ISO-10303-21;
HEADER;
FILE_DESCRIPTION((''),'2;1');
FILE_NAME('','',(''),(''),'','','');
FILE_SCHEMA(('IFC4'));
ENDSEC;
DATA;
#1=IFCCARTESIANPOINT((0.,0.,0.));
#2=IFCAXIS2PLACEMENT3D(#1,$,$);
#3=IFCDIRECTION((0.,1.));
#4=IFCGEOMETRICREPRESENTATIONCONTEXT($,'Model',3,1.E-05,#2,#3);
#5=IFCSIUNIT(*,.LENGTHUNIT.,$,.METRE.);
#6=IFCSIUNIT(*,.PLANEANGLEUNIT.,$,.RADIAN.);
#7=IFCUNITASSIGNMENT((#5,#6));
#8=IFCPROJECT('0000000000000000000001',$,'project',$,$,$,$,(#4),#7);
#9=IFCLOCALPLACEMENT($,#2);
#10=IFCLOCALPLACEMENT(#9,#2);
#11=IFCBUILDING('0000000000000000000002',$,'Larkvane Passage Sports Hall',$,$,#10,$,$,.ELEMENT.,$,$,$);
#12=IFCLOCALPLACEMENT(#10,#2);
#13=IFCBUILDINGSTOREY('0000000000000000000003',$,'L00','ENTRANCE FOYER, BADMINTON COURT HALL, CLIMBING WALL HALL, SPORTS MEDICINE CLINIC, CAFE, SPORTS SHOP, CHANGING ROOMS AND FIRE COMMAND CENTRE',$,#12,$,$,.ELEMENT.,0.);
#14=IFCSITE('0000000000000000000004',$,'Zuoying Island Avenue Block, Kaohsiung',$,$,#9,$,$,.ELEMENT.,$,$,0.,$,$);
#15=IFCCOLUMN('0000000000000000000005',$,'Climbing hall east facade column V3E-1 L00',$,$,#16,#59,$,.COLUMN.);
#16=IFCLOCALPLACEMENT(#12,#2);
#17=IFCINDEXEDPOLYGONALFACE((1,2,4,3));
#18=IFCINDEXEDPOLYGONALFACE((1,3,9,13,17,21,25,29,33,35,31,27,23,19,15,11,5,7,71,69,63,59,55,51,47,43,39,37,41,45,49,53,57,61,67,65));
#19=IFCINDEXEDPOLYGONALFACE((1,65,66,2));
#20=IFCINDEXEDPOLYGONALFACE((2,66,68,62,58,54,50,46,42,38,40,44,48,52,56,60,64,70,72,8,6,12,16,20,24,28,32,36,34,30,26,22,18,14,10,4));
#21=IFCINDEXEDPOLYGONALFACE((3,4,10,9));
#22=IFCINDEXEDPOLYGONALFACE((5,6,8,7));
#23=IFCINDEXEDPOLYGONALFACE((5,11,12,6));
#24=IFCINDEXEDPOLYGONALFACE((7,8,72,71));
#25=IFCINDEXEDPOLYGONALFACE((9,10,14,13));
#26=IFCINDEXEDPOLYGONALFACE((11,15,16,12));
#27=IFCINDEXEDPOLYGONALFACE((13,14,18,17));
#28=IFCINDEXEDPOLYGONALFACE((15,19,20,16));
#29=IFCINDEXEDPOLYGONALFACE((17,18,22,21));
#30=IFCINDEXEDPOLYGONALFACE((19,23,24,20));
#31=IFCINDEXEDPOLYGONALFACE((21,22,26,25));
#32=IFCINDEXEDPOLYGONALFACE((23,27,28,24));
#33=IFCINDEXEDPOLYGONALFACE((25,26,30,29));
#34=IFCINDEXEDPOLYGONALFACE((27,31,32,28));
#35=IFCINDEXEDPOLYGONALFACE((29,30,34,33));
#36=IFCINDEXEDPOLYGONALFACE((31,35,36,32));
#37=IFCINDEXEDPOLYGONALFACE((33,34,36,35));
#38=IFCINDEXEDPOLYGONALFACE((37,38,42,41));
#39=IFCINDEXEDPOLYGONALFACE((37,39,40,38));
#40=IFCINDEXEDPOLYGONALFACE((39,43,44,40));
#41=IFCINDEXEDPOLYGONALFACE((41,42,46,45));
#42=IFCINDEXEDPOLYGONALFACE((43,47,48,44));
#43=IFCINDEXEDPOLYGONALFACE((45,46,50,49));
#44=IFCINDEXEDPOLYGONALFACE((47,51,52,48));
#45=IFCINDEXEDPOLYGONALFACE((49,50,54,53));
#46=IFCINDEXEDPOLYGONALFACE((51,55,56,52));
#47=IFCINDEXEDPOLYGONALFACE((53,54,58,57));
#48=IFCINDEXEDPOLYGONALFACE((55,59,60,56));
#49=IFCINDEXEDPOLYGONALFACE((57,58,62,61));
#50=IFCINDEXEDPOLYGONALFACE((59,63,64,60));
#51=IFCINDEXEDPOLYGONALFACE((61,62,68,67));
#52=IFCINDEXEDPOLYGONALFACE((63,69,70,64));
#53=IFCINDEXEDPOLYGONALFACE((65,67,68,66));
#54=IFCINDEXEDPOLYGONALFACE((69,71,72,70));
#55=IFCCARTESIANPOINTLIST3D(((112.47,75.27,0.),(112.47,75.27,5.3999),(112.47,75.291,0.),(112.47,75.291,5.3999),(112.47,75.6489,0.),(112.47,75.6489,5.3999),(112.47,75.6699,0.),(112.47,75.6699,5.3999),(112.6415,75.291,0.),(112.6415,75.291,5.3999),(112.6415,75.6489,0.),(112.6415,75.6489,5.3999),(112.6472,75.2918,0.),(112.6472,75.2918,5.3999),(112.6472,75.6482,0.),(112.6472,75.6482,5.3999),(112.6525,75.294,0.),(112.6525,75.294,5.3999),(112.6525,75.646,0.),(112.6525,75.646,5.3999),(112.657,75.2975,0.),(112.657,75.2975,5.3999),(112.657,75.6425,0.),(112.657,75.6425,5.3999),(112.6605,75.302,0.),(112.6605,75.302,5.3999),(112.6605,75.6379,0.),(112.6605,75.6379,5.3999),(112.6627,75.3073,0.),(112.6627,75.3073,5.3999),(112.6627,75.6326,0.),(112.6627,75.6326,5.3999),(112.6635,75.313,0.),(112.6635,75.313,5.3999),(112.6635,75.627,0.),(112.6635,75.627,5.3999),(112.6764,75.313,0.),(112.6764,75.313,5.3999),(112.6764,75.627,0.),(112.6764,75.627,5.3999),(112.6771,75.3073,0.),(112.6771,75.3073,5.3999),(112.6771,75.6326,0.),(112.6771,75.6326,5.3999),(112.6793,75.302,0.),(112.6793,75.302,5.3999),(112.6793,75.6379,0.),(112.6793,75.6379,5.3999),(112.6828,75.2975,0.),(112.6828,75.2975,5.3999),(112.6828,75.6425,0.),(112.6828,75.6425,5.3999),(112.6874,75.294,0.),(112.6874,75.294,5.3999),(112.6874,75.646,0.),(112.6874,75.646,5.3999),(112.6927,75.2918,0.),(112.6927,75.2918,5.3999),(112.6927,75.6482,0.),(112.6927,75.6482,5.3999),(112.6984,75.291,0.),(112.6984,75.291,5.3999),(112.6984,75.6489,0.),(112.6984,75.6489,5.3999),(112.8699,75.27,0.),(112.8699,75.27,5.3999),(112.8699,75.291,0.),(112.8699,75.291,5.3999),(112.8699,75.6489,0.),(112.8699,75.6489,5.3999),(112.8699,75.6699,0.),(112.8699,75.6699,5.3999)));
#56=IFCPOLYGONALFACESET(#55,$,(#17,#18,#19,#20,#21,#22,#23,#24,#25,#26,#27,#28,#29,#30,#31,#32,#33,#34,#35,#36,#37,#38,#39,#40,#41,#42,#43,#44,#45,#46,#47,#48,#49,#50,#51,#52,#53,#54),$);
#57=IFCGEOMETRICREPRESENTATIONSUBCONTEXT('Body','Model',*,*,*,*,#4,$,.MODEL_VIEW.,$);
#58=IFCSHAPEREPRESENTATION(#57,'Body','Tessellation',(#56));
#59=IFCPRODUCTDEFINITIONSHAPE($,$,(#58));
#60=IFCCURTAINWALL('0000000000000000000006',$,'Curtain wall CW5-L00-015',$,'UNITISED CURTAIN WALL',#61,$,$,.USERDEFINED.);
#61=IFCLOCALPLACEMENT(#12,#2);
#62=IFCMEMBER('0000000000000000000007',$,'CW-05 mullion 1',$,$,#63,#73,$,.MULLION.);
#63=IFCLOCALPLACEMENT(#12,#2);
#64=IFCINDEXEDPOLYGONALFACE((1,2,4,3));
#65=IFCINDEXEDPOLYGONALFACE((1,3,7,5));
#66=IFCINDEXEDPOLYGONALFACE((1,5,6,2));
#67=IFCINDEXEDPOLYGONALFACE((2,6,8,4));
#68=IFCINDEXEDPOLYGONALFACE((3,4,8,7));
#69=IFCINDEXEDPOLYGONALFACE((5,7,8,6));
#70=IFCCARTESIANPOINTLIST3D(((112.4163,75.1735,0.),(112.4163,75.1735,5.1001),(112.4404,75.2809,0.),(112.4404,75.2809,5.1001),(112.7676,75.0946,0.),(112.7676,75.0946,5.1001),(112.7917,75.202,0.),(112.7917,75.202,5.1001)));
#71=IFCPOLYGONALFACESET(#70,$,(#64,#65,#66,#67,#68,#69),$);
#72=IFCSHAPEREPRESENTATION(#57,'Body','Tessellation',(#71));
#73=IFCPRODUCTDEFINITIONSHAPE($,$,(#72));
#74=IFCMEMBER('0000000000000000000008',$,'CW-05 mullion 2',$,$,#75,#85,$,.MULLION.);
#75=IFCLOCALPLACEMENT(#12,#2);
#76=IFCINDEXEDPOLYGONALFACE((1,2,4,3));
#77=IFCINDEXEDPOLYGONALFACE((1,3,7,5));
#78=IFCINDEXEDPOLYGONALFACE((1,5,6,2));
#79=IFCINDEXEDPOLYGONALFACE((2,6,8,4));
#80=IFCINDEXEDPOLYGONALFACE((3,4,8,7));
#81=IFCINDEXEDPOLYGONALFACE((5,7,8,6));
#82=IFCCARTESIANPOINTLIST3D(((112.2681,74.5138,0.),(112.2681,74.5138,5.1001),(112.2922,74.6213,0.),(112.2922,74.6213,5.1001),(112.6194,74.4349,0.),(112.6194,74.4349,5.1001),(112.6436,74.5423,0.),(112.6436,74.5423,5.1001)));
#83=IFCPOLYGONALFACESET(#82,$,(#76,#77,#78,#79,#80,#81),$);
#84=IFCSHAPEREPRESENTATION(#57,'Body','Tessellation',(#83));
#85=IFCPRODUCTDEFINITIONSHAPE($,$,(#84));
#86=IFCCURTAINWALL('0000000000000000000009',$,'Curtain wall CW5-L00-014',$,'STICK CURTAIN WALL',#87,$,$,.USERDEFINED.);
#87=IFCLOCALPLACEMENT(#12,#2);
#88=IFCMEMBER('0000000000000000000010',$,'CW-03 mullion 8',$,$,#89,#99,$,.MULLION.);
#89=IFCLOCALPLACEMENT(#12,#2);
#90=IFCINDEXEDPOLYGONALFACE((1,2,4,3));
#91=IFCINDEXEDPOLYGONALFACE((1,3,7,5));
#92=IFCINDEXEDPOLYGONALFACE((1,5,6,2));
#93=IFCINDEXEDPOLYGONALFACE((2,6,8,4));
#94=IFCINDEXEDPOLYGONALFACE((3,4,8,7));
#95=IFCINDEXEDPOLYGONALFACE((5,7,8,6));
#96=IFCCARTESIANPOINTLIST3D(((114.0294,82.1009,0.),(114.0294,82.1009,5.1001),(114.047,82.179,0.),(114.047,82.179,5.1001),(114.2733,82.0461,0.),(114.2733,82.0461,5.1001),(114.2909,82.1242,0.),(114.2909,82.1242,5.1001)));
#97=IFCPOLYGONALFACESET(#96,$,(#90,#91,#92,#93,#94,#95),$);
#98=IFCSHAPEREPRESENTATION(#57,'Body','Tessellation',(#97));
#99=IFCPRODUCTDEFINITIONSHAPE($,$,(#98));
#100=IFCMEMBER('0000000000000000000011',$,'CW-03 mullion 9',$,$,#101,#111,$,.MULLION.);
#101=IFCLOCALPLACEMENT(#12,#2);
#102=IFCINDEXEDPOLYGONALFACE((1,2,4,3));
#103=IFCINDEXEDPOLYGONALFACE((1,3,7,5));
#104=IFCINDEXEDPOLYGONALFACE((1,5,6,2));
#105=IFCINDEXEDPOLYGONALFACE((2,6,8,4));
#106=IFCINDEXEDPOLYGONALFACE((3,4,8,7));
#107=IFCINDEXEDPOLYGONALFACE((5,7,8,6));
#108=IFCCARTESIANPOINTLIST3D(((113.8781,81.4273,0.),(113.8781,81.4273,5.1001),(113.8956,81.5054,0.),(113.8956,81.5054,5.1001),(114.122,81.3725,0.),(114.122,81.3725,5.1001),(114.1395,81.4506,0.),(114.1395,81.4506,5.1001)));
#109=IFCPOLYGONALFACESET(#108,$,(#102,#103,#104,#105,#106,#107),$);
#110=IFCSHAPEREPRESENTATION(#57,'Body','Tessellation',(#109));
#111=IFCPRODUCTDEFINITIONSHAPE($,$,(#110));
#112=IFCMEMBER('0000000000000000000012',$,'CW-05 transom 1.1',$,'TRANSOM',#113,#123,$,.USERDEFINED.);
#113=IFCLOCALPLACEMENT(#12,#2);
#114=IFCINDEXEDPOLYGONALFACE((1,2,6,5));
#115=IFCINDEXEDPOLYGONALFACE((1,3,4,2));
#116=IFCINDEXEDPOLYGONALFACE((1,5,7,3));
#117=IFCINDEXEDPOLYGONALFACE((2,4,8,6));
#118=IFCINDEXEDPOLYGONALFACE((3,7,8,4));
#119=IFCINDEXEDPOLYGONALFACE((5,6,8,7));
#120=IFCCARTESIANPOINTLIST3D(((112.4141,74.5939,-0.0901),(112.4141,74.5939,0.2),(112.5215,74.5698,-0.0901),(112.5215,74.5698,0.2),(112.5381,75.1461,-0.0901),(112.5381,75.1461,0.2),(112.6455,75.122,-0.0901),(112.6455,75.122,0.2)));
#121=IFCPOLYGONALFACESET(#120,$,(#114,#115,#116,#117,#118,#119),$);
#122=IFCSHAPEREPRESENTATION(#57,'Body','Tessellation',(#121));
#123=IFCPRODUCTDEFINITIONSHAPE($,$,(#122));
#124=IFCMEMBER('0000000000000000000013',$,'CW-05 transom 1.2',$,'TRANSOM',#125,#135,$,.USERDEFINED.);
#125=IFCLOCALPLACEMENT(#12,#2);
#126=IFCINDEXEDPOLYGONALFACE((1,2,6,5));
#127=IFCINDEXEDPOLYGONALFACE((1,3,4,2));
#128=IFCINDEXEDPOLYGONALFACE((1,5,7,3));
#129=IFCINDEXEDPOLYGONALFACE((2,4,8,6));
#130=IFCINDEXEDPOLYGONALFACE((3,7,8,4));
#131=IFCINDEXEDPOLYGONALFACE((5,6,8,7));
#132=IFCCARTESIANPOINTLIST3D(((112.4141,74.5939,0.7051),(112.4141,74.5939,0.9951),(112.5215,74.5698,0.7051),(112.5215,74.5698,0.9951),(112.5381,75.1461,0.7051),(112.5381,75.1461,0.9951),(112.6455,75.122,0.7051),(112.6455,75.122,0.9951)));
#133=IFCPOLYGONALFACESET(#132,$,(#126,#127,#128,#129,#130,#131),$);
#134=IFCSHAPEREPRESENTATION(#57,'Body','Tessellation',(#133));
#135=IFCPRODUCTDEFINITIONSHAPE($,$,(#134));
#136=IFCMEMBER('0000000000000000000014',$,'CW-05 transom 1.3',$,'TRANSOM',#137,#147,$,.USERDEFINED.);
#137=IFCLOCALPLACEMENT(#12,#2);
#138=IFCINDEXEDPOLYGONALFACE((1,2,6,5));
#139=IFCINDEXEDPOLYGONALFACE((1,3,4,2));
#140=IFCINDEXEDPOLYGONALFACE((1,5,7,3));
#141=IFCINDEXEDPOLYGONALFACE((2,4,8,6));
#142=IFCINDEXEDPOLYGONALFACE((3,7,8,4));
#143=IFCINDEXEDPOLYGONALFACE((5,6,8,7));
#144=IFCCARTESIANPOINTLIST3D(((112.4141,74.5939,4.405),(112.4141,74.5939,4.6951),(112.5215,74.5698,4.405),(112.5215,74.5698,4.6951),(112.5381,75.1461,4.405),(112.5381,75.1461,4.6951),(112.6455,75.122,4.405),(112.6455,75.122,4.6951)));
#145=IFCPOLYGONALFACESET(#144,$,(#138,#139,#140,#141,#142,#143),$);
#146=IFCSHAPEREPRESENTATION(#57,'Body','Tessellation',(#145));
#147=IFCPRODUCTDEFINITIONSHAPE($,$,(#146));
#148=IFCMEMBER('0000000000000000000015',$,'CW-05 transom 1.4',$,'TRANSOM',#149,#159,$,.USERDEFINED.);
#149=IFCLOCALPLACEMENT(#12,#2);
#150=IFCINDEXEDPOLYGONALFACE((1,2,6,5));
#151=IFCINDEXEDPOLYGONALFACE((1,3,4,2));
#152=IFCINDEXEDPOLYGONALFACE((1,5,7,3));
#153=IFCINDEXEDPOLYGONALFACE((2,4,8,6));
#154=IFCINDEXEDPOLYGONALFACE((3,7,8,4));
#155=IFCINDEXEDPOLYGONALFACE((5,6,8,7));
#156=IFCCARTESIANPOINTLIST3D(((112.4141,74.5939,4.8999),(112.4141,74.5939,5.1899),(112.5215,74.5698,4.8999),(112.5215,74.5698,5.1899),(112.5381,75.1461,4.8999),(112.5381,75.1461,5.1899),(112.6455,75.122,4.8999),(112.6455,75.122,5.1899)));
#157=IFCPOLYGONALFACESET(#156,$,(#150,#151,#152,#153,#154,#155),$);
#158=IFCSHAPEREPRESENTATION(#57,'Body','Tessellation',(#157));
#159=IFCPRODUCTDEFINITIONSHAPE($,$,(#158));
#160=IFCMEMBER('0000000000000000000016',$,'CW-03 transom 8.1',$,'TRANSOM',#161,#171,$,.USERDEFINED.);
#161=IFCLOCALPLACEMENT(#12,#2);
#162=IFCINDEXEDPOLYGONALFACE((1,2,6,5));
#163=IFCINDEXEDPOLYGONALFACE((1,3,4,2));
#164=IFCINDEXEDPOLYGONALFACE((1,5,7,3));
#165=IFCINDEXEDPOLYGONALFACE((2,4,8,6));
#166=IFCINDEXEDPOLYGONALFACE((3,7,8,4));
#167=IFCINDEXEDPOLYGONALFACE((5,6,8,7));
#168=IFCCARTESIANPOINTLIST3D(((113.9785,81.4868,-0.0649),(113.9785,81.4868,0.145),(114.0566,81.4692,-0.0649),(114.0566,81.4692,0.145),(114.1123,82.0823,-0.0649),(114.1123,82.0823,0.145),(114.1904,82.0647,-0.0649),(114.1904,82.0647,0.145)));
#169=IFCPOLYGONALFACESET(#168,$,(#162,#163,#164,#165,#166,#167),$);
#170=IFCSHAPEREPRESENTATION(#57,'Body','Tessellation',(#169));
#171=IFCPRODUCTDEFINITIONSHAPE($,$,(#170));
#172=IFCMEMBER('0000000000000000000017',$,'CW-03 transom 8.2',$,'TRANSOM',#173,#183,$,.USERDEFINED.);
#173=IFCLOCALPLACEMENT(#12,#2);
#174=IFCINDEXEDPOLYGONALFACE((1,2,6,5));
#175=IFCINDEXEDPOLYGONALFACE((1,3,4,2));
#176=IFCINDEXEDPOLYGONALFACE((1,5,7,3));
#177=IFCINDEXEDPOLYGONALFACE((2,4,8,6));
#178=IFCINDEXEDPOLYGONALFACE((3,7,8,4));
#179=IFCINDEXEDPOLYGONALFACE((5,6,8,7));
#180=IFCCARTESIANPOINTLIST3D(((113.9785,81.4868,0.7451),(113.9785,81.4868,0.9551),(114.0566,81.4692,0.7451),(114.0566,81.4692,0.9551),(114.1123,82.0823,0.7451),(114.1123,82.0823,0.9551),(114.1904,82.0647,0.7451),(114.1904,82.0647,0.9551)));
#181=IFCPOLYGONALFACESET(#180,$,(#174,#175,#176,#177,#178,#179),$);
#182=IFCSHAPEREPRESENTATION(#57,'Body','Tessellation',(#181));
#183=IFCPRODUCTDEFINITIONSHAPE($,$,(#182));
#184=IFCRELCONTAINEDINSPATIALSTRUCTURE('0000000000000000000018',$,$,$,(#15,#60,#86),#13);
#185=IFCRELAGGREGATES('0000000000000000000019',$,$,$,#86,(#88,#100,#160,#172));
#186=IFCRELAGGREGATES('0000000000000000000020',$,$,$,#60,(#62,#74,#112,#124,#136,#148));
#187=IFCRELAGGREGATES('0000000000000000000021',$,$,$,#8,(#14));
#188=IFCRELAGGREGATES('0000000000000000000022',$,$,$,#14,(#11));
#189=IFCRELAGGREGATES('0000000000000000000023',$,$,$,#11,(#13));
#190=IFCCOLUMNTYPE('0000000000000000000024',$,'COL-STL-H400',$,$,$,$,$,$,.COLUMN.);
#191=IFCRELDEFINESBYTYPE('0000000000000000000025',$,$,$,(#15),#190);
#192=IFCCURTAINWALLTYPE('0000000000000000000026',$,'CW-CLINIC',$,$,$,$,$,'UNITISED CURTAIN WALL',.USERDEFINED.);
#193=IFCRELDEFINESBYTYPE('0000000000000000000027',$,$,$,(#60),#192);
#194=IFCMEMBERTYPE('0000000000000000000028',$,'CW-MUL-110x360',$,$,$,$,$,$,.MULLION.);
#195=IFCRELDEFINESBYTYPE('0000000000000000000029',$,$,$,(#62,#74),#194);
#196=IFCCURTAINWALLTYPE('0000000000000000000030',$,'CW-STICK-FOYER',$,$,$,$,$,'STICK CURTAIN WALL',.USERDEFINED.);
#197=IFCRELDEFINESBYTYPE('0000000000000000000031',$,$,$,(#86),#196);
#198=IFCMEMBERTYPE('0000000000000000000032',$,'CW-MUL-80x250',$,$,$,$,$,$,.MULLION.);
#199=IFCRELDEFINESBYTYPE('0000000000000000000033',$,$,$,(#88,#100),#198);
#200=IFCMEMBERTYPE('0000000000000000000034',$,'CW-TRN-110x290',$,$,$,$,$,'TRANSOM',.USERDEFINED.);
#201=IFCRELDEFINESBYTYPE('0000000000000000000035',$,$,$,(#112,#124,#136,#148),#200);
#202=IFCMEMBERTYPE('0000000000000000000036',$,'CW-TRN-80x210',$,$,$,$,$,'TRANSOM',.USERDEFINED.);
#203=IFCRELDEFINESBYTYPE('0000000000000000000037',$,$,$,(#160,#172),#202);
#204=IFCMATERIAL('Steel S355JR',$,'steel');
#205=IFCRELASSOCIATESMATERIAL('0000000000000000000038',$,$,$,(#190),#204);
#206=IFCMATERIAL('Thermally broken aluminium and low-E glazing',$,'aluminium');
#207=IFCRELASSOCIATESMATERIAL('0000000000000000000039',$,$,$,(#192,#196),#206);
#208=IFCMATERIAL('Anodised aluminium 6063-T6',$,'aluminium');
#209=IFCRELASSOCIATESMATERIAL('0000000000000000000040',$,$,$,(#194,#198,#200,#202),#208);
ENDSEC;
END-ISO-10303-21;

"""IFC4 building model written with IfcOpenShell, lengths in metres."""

from ifc_helpers import new_model, si_unit, direction, frame, origin, origin_2d, place, context, subcontext, project, spatial, rectangle, i_section, extrude, material, material_profile, profile_set, type_object, element, aggregate, save


model = new_model("IFC4")

# Units and contexts
model_context = context("Model", 3, precision=1e-05, world=origin(), true_north=direction((0.0, 1.0)))
body_context = subcontext(model_context, "Body", "Model", "MODEL_VIEW")
ifc_project = project(units=[si_unit("LENGTHUNIT", "METRE"), si_unit("PLANEANGLEUNIT", "RADIAN")], contexts=[model_context])

# Site, building, storey
site_placement = place(None, origin())
site = spatial("IfcSite", under=ifc_project, at=site_placement, Name="Zuoying Island Avenue Block, Kaohsiung", CompositionType="ELEMENT", RefElevation=0.0)
building_placement = place(site_placement, origin())
building = spatial("IfcBuilding", under=site, at=building_placement, Name="Larkvane Passage Sports Hall", CompositionType="ELEMENT")
storey_placement = place(building_placement, origin())
storey = spatial("IfcBuildingStorey", under=building, at=storey_placement, Name="L00", Description="ENTRANCE FOYER, BADMINTON COURT HALL, CLIMBING WALL HALL, SPORTS MEDICINE CLINIC, CAFE, SPORTS SHOP, CHANGING ROOMS AND FIRE COMMAND CENTRE", CompositionType="ELEMENT", Elevation=0.0)

# Column
ifc_material_1 = material(Name="Steel S355JR", Category="steel")
ifc_material_profile_1 = material_profile(ifc_material_1, i_section(OverallWidth=0.3999, OverallDepth=0.3999, WebThickness=0.0129, FlangeThickness=0.021, FilletRadius=0.022, at=origin_2d()), Name="H-400x400x13x21")
ifc_profile_set_1 = profile_set([ifc_material_profile_1], Name="Steel S355JR")
column_type = type_object("IfcColumnType", Name="COL-STL-H400", PredefinedType="COLUMN", material=ifc_profile_set_1)
column_placement = place(storey_placement, frame((112.6699, 75.47, 0.0), z_axis=(0.0, 0.0, 1.0), x_axis=(1.0, 0.0, 0.0)))
element("IfcColumn", 1, at=column_placement, inside=storey, type_object=column_type, Name="Climbing hall east facade column V3E-1 L00", PredefinedType="COLUMN", context=body_context, shape_type="SweptSolid", body=[
    extrude(i_section(OverallWidth=0.3999, OverallDepth=0.3999, WebThickness=0.0129, FlangeThickness=0.021, FilletRadius=0.022, at=origin_2d()), origin(), (0.0, 0.0, 1.0), 5.3999),
])

# Curtain walls, members
ifc_material_2 = material(Name="Thermally broken aluminium and low-E glazing", Category="aluminium")
curtain_wall_type_1 = type_object("IfcCurtainWallType", Name="CW-CLINIC", ElementType="UNITISED CURTAIN WALL", PredefinedType="USERDEFINED", material=ifc_material_2)
curtain_wall_1_placement = place(storey_placement, origin())
curtain_wall_1 = element("IfcCurtainWall", 2, at=curtain_wall_1_placement, inside=storey, type_object=curtain_wall_type_1, Name="Curtain wall CW5-L00-015", ObjectType="UNITISED CURTAIN WALL", PredefinedType="USERDEFINED")
ifc_material_3 = material(Name="Anodised aluminium 6063-T6", Category="aluminium")
ifc_material_profile_2 = material_profile(ifc_material_3, rectangle(XDim=0.1101, YDim=0.3601, at=origin_2d()), Name="ALU-MUL-110x360")
ifc_profile_set_2 = profile_set([ifc_material_profile_2], Name="Anodised aluminium 6063-T6")
member_type_1 = type_object("IfcMemberType", Name="CW-MUL-110x360", PredefinedType="MULLION", material=ifc_profile_set_2)
member_1_placement = place(storey_placement, frame((112.604, 75.1877, 0.0), z_axis=(0.0, 0.0, 1.0), x_axis=(-0.219244, -0.97567, 0.0)))
member_1 = element("IfcMember", 3, at=member_1_placement, type_object=member_type_1, Name="CW-05 mullion 1", PredefinedType="MULLION", context=body_context, shape_type="SweptSolid", body=[
    extrude(rectangle(XDim=0.1101, YDim=0.3601, at=origin_2d()), origin(), (0.0, 0.0, 1.0), 5.1001),
])
member_2_placement = place(storey_placement, frame((112.4558, 74.5281, 0.0), z_axis=(0.0, 0.0, 1.0), x_axis=(-0.219244, -0.97567, 0.0)))
member_2 = element("IfcMember", 4, at=member_2_placement, type_object=member_type_1, Name="CW-05 mullion 2", PredefinedType="MULLION", context=body_context, shape_type="SweptSolid", body=[
    extrude(rectangle(XDim=0.1101, YDim=0.3601, at=origin_2d()), origin(), (0.0, 0.0, 1.0), 5.1001),
])
curtain_wall_type_2 = type_object("IfcCurtainWallType", Name="CW-STICK-FOYER", ElementType="STICK CURTAIN WALL", PredefinedType="USERDEFINED", material=ifc_material_2)
curtain_wall_2_placement = place(storey_placement, origin())
curtain_wall_2 = element("IfcCurtainWall", 5, at=curtain_wall_2_placement, inside=storey, type_object=curtain_wall_type_2, Name="Curtain wall CW5-L00-014", ObjectType="STICK CURTAIN WALL", PredefinedType="USERDEFINED")
ifc_material_profile_3 = material_profile(ifc_material_3, rectangle(XDim=0.0801, YDim=0.25, at=origin_2d()), Name="ALU-MUL-80x250")
ifc_profile_set_3 = profile_set([ifc_material_profile_3], Name="Anodised aluminium 6063-T6")
member_type_2 = type_object("IfcMemberType", Name="CW-MUL-80x250", PredefinedType="MULLION", material=ifc_profile_set_3)
member_3_placement = place(storey_placement, frame((114.1602, 82.1125, 0.0), z_axis=(0.0, 0.0, 1.0), x_axis=(-0.219244, -0.97567, 0.0)))
member_3 = element("IfcMember", 6, at=member_3_placement, type_object=member_type_2, Name="CW-03 mullion 8", PredefinedType="MULLION", context=body_context, shape_type="SweptSolid", body=[
    extrude(rectangle(XDim=0.0801, YDim=0.25, at=origin_2d()), origin(), (0.0, 0.0, 1.0), 5.1001),
])
member_4_placement = place(storey_placement, frame((114.0088, 81.439, 0.0), z_axis=(0.0, 0.0, 1.0), x_axis=(-0.219244, -0.97567, 0.0)))
member_4 = element("IfcMember", 7, at=member_4_placement, type_object=member_type_2, Name="CW-03 mullion 9", PredefinedType="MULLION", context=body_context, shape_type="SweptSolid", body=[
    extrude(rectangle(XDim=0.0801, YDim=0.25, at=origin_2d()), origin(), (0.0, 0.0, 1.0), 5.1001),
])

# Members
ifc_material_profile_4 = material_profile(ifc_material_3, rectangle(XDim=0.1101, YDim=0.29, at=origin_2d()), Name="ALU-TRN-110x290")
ifc_profile_set_4 = profile_set([ifc_material_profile_4], Name="Anodised aluminium 6063-T6")
member_type_3 = type_object("IfcMemberType", Name="CW-TRN-110x290", ElementType="TRANSOM", PredefinedType="USERDEFINED", material=ifc_profile_set_4)
member_5_placement = place(storey_placement, frame((112.5918, 75.134, 0.0549), z_axis=(-0.219122, -0.975697, 0.0), x_axis=(0.975697, -0.219122, 0.0)))
member_5 = element("IfcMember", 8, at=member_5_placement, type_object=member_type_3, Name="CW-05 transom 1.1", ObjectType="TRANSOM", PredefinedType="USERDEFINED", context=body_context, shape_type="SweptSolid", body=[
    extrude(rectangle(XDim=0.1101, YDim=0.29, at=origin_2d()), origin(), (0.0, 0.0, 1.0), 0.5659),
])
member_6_placement = place(storey_placement, frame((112.5918, 75.134, 0.8501), z_axis=(-0.219122, -0.975697, 0.0), x_axis=(0.975697, -0.219122, 0.0)))
member_6 = element("IfcMember", 9, at=member_6_placement, type_object=member_type_3, Name="CW-05 transom 1.2", ObjectType="TRANSOM", PredefinedType="USERDEFINED", context=body_context, shape_type="SweptSolid", body=[
    extrude(rectangle(XDim=0.1101, YDim=0.29, at=origin_2d()), origin(), (0.0, 0.0, 1.0), 0.5659),
])
member_7_placement = place(storey_placement, frame((112.5918, 75.134, 4.55), z_axis=(-0.219122, -0.975697, 0.0), x_axis=(0.975697, -0.219122, 0.0)))
member_7 = element("IfcMember", 10, at=member_7_placement, type_object=member_type_3, Name="CW-05 transom 1.3", ObjectType="TRANSOM", PredefinedType="USERDEFINED", context=body_context, shape_type="SweptSolid", body=[
    extrude(rectangle(XDim=0.1101, YDim=0.29, at=origin_2d()), origin(), (0.0, 0.0, 1.0), 0.5659),
])
member_8_placement = place(storey_placement, frame((112.5918, 75.134, 5.0449), z_axis=(-0.219122, -0.975697, 0.0), x_axis=(0.975697, -0.219122, 0.0)))
member_8 = element("IfcMember", 11, at=member_8_placement, type_object=member_type_3, Name="CW-05 transom 1.4", ObjectType="TRANSOM", PredefinedType="USERDEFINED", context=body_context, shape_type="SweptSolid", body=[
    extrude(rectangle(XDim=0.1101, YDim=0.29, at=origin_2d()), origin(), (0.0, 0.0, 1.0), 0.5659),
])
ifc_material_profile_5 = material_profile(ifc_material_3, rectangle(XDim=0.0801, YDim=0.21, at=origin_2d()), Name="ALU-TRN-80x210")
ifc_profile_set_5 = profile_set([ifc_material_profile_5], Name="Anodised aluminium 6063-T6")
member_type_4 = type_object("IfcMemberType", Name="CW-TRN-80x210", ElementType="TRANSOM", PredefinedType="USERDEFINED", material=ifc_profile_set_5)
member_9_placement = place(storey_placement, frame((114.1514, 82.0735, 0.04), z_axis=(-0.219217, -0.975676, 0.0), x_axis=(0.975676, -0.219217, 0.0)))
member_9 = element("IfcMember", 12, at=member_9_placement, type_object=member_type_4, Name="CW-03 transom 8.1", ObjectType="TRANSOM", PredefinedType="USERDEFINED", context=body_context, shape_type="SweptSolid", body=[
    extrude(rectangle(XDim=0.0801, YDim=0.21, at=origin_2d()), origin(), (0.0, 0.0, 1.0), 0.6104),
])
member_10_placement = place(storey_placement, frame((114.1514, 82.0735, 0.8501), z_axis=(-0.219217, -0.975676, 0.0), x_axis=(0.975676, -0.219217, 0.0)))
member_10 = element("IfcMember", 13, at=member_10_placement, type_object=member_type_4, Name="CW-03 transom 8.2", ObjectType="TRANSOM", PredefinedType="USERDEFINED", context=body_context, shape_type="SweptSolid", body=[
    extrude(rectangle(XDim=0.0801, YDim=0.21, at=origin_2d()), origin(), (0.0, 0.0, 1.0), 0.6104),
])

aggregate(curtain_wall_2, [member_3, member_4, member_9, member_10])
aggregate(curtain_wall_1, [member_1, member_2, member_5, member_6, member_7, member_8])

save(model, "model.ifc")
